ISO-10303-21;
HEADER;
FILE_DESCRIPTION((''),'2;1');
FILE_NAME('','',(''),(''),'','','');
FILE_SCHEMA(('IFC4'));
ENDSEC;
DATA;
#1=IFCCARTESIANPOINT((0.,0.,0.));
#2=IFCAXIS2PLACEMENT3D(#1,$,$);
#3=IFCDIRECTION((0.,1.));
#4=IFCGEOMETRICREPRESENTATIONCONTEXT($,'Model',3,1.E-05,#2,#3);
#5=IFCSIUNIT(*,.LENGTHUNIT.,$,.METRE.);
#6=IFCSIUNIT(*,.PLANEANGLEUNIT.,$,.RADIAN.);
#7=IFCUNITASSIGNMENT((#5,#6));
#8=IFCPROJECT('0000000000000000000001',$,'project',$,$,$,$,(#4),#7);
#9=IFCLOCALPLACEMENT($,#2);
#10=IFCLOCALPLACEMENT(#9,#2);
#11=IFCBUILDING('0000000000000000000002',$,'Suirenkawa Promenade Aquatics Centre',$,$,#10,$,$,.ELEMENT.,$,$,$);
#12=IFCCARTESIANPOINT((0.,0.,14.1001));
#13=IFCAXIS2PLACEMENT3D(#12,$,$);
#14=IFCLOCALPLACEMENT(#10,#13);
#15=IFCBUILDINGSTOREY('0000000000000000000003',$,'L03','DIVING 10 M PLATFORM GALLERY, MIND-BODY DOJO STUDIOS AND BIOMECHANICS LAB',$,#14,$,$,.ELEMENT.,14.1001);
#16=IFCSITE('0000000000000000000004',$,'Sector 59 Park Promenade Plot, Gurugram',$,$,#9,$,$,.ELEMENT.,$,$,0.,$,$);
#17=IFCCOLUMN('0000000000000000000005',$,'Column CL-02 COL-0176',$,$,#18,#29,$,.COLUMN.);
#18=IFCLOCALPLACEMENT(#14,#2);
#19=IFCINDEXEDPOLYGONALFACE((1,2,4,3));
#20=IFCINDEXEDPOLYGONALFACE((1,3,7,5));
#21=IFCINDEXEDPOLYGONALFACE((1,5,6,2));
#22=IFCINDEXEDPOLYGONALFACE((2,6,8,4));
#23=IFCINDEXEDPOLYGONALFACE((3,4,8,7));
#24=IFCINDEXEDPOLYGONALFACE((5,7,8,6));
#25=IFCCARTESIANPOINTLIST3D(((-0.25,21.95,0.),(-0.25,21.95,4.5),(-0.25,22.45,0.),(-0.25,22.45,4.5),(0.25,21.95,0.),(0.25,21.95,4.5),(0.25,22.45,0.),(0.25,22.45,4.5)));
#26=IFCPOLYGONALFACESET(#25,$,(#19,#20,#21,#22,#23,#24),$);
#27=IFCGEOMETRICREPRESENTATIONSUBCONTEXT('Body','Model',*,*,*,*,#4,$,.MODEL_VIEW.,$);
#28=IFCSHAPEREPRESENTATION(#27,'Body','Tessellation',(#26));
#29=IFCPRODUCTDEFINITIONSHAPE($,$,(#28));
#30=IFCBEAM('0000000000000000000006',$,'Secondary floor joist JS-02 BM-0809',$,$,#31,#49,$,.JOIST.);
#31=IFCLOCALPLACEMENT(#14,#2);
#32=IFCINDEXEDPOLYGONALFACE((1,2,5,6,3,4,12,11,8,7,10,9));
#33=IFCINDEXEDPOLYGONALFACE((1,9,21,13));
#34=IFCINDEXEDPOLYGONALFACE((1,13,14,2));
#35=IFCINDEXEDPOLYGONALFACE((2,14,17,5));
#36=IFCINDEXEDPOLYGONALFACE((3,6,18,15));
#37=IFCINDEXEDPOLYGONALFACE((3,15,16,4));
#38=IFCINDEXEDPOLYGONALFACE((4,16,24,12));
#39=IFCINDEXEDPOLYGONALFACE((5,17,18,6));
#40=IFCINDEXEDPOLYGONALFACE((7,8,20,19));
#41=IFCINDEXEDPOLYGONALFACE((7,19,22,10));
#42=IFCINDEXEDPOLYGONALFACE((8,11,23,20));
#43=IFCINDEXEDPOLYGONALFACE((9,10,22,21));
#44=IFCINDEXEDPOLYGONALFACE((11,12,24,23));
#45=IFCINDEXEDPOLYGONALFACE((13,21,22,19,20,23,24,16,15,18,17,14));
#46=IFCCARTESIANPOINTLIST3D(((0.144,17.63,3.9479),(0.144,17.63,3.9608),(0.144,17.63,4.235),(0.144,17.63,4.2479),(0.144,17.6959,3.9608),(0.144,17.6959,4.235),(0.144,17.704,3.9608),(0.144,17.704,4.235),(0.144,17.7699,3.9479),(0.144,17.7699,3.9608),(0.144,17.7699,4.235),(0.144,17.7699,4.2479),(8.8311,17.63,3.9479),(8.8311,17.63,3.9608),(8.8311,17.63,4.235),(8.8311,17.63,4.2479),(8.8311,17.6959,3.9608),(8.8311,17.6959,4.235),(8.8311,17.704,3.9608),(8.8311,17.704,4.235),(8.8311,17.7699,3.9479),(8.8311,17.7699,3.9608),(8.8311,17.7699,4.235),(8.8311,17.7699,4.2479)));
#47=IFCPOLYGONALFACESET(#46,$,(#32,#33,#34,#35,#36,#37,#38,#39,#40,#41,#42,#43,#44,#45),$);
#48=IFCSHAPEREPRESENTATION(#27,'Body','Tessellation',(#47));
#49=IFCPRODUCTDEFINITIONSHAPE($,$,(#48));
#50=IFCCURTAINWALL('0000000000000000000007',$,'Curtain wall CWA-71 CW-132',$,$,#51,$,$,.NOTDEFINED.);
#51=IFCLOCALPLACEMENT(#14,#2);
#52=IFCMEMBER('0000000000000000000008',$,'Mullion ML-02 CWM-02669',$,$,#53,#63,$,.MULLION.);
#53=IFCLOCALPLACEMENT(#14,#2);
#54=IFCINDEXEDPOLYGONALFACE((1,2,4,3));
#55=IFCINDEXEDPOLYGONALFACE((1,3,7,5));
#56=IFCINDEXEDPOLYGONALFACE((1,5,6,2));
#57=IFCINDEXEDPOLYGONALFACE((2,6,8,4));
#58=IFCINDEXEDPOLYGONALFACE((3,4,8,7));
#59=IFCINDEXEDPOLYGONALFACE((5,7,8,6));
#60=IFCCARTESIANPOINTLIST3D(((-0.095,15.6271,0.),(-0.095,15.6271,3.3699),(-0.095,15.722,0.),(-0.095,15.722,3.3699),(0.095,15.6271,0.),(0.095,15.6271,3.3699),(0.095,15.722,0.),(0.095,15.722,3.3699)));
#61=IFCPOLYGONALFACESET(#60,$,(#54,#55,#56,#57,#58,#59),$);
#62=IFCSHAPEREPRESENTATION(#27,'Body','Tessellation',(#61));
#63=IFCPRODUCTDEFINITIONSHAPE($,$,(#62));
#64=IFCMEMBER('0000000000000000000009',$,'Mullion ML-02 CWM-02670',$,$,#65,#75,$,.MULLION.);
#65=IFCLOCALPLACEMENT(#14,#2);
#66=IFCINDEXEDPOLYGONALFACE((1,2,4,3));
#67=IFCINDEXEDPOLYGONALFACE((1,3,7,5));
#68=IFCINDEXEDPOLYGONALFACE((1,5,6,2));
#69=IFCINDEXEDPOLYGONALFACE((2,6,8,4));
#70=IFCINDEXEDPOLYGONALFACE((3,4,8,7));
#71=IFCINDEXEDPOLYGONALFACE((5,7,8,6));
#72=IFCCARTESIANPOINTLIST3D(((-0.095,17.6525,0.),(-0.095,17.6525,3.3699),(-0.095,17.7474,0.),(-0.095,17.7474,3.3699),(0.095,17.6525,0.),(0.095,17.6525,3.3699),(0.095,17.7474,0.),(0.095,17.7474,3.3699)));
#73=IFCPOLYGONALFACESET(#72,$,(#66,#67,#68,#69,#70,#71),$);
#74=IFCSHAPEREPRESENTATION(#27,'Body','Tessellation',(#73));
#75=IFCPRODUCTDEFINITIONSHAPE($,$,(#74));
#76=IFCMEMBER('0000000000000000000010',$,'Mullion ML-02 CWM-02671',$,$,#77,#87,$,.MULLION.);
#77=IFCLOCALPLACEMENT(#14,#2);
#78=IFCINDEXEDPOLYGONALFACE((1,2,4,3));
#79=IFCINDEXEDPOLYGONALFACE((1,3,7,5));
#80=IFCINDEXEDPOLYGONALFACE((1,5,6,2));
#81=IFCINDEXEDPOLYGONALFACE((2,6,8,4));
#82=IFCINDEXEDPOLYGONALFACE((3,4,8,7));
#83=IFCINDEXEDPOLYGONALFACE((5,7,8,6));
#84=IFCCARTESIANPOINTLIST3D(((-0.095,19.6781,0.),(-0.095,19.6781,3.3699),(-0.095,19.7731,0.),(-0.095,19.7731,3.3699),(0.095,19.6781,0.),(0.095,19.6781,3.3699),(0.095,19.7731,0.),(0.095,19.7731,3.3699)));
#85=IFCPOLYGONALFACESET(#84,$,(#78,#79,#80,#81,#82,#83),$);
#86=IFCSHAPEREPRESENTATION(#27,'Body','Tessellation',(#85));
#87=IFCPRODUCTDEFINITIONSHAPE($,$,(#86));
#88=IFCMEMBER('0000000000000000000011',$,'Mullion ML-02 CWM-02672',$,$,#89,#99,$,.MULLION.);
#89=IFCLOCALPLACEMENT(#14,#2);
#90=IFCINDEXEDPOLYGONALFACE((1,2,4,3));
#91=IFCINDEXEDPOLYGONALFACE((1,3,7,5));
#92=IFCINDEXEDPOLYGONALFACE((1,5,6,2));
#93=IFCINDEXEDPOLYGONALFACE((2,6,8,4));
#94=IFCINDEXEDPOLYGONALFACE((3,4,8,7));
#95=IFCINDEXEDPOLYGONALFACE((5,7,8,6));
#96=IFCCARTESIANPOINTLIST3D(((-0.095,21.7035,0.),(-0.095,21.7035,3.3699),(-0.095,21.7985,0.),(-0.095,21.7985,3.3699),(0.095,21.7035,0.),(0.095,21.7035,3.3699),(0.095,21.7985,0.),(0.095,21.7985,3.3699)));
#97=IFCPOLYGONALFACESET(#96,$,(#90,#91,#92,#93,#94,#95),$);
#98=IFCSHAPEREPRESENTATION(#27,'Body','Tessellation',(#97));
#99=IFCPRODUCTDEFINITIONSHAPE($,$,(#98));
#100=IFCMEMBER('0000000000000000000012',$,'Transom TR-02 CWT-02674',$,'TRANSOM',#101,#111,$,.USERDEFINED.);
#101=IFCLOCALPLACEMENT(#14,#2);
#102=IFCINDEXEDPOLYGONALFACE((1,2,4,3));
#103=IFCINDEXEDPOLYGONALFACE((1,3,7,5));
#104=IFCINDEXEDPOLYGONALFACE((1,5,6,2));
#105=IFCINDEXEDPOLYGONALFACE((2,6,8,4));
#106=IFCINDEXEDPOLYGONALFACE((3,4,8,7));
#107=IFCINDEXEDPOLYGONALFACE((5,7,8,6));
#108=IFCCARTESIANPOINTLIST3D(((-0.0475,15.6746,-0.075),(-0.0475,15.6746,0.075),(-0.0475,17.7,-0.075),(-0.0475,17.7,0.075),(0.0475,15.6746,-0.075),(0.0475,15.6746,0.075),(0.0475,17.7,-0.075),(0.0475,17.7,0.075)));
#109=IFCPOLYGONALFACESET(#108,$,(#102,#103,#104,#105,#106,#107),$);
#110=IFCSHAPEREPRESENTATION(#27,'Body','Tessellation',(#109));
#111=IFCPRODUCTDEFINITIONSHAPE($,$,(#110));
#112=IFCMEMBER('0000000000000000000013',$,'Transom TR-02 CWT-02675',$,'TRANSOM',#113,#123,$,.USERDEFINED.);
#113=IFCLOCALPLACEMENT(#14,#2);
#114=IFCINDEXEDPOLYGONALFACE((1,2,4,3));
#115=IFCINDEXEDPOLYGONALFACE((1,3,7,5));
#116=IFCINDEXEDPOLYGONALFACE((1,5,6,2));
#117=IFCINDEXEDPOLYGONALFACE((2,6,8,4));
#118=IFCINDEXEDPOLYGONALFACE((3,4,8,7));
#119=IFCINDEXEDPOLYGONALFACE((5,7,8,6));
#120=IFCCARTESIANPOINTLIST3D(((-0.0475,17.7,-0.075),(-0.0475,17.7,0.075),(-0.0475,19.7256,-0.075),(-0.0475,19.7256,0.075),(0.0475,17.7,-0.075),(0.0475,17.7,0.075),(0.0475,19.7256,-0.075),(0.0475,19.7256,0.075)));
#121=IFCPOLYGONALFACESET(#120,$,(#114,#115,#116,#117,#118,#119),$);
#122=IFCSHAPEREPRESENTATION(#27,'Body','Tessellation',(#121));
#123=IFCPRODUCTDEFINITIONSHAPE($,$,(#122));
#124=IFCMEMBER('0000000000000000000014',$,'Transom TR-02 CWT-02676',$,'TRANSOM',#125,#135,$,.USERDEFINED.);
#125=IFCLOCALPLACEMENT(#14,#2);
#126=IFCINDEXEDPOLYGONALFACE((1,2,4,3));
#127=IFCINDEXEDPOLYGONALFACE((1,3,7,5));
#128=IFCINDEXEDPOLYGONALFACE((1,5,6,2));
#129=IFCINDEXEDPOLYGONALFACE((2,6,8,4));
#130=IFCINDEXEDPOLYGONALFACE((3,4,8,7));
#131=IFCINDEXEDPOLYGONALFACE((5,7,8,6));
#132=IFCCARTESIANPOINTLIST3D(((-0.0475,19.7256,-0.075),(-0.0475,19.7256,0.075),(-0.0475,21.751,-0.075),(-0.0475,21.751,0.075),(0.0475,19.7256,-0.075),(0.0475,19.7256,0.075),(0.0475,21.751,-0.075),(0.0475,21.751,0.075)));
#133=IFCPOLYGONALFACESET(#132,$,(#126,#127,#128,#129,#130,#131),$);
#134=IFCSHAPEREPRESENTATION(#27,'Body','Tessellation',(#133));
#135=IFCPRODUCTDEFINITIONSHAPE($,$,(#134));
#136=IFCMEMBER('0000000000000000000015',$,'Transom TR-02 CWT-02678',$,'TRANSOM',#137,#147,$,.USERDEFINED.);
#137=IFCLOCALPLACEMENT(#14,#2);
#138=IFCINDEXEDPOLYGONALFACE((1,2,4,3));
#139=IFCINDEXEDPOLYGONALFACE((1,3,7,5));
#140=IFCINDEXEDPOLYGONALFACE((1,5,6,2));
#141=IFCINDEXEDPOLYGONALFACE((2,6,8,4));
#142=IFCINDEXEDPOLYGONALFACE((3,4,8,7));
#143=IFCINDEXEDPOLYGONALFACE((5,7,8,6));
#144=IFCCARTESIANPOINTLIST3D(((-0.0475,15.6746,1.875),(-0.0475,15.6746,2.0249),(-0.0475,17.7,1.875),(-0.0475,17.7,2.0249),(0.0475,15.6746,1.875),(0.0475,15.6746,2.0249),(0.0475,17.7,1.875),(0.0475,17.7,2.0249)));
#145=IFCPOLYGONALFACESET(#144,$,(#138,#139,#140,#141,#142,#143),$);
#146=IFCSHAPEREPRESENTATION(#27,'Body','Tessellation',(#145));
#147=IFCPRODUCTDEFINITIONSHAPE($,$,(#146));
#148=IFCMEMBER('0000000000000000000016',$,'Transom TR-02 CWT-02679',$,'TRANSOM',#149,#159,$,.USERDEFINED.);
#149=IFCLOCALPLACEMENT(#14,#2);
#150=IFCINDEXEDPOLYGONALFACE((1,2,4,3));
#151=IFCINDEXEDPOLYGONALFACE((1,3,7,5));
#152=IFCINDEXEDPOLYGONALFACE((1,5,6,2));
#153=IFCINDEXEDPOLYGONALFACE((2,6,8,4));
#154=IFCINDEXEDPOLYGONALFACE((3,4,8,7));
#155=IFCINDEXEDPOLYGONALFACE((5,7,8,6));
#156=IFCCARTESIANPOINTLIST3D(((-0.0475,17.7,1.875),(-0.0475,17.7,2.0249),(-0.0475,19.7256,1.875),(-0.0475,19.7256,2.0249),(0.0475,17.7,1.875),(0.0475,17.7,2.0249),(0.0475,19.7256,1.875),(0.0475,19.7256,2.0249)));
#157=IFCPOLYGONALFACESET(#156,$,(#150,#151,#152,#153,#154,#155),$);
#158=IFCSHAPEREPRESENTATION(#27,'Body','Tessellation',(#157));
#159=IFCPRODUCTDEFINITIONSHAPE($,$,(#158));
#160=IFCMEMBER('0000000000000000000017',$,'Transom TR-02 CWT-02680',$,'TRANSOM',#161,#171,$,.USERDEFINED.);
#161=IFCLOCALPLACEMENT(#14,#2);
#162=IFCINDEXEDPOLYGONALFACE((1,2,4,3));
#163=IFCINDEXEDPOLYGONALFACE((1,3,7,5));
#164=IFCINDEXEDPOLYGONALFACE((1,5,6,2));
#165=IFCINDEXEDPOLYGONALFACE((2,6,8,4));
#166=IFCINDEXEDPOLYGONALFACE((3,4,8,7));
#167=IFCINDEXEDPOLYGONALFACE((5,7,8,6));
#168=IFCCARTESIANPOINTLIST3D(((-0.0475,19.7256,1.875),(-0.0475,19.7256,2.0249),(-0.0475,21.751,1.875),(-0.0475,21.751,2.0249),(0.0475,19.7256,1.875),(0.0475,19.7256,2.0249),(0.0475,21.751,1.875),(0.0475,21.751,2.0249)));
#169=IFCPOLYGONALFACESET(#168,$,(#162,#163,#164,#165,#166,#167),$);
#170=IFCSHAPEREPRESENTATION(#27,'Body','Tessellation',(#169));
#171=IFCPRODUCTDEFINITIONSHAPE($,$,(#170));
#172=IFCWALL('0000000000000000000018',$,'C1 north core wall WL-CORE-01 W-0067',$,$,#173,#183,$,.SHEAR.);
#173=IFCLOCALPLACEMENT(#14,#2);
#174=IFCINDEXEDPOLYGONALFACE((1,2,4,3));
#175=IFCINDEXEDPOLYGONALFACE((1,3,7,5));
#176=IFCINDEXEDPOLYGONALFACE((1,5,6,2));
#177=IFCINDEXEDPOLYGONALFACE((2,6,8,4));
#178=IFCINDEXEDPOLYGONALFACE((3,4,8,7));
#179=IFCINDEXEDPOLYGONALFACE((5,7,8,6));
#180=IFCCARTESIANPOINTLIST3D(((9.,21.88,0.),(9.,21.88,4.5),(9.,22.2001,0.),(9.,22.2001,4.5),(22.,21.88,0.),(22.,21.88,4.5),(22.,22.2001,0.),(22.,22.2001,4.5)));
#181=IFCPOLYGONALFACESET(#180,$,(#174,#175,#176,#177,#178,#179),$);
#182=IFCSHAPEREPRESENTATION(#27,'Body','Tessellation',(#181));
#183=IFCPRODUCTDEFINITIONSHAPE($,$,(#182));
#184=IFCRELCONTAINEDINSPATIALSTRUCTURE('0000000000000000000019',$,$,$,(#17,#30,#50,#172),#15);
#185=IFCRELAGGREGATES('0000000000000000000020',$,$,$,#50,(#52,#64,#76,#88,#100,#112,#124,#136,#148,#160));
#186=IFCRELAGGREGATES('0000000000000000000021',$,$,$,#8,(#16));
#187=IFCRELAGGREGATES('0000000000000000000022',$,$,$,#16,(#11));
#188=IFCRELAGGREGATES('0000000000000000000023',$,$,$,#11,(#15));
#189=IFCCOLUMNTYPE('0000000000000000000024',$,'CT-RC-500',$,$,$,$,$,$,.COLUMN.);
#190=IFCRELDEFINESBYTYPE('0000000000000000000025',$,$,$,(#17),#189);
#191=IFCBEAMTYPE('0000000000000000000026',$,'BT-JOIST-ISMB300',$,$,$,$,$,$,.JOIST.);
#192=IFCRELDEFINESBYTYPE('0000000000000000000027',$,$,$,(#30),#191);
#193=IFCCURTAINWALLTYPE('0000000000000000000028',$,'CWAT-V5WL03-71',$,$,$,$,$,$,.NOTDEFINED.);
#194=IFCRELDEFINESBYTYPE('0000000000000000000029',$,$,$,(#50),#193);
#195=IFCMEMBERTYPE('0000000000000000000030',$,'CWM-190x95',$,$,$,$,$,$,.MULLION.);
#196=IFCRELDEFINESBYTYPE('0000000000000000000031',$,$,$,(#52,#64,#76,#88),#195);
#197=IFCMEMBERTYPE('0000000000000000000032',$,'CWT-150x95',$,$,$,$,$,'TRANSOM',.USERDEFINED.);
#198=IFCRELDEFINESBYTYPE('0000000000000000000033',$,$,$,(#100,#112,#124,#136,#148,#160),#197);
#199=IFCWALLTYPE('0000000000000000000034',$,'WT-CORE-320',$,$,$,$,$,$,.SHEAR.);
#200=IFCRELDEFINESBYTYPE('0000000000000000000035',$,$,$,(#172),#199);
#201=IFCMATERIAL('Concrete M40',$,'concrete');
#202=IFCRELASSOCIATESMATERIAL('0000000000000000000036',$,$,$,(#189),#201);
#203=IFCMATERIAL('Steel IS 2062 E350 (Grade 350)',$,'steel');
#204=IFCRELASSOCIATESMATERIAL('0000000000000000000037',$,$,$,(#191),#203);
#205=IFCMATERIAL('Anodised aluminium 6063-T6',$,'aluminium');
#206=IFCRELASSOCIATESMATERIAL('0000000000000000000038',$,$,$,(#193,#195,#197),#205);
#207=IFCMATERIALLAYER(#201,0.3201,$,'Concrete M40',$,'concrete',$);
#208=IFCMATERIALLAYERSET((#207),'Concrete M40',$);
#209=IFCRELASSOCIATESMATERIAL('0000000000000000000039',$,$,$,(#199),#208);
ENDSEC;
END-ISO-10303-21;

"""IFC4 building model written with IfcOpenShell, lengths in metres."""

from ifc_helpers import new_model, si_unit, direction, frame, frame_2d, origin, origin_2d, place, context, subcontext, project, spatial, rectangle, i_section, extrude, material, layer, layer_set, material_profile, profile_set, type_object, element, aggregate, save


model = new_model("IFC4")

# Units and contexts
model_context = context("Model", 3, precision=1e-05, world=origin(), true_north=direction((0.0, 1.0)))
body_context = subcontext(model_context, "Body", "Model", "MODEL_VIEW")
ifc_project = project(units=[si_unit("LENGTHUNIT", "METRE"), si_unit("PLANEANGLEUNIT", "RADIAN")], contexts=[model_context])

# Site, building, storey
site_placement = place(None, origin())
site = spatial("IfcSite", under=ifc_project, at=site_placement, Name="Sector 59 Park Promenade Plot, Gurugram", CompositionType="ELEMENT", RefElevation=0.0)
building_placement = place(site_placement, origin())
building = spatial("IfcBuilding", under=site, at=building_placement, Name="Suirenkawa Promenade Aquatics Centre", CompositionType="ELEMENT")
storey_placement = place(building_placement, frame((0.0, 0.0, 14.1001)))
storey = spatial("IfcBuildingStorey", under=building, at=storey_placement, Name="L03", Description="DIVING 10 M PLATFORM GALLERY, MIND-BODY DOJO STUDIOS AND BIOMECHANICS LAB", CompositionType="ELEMENT", Elevation=14.1001)

# Column
ifc_material_1 = material(Name="Concrete M40", Category="concrete")
ifc_material_profile_1 = material_profile(ifc_material_1, rectangle(XDim=0.5, YDim=0.5, at=origin_2d()), Name="RC COL 500x500", Category="concrete")
ifc_profile_set_1 = profile_set([ifc_material_profile_1], Name="Concrete M40")
column_type = type_object("IfcColumnType", Name="CT-RC-500", PredefinedType="COLUMN", material=ifc_profile_set_1)
column_placement = place(storey_placement, frame((0.0, 22.2, 0.0), z_axis=(0.0, 0.0, 1.0), x_axis=(1.0, 0.0, 0.0)))
element("IfcColumn", 1, at=column_placement, inside=storey, type_object=column_type, Name="Column CL-02 COL-0176", PredefinedType="COLUMN", context=body_context, shape_type="SweptSolid", body=[
    extrude(rectangle(XDim=0.5, YDim=0.5, at=origin_2d()), origin(), (0.0, 0.0, 1.0), 4.5),
])

# Beam
ifc_material_2 = material(Name="Steel IS 2062 E350 (Grade 350)", Category="steel")
ifc_material_profile_2 = material_profile(ifc_material_2, i_section(OverallWidth=0.1399, OverallDepth=0.3, WebThickness=0.0081, FlangeThickness=0.0129, at=origin_2d()), Name="ISMB 300", Category="steel")
ifc_profile_set_2 = profile_set([ifc_material_profile_2], Name="Steel IS 2062 E350 (Grade 350)")
beam_type = type_object("IfcBeamType", Name="BT-JOIST-ISMB300", PredefinedType="JOIST", material=ifc_profile_set_2)
beam_placement = place(storey_placement, frame((0.144, 17.7, 4.0979), z_axis=(1.0, 0.0, 0.0), x_axis=(0.0, 1.0, 0.0)))
element("IfcBeam", 2, at=beam_placement, inside=storey, type_object=beam_type, Name="Secondary floor joist JS-02 BM-0809", PredefinedType="JOIST", context=body_context, shape_type="SweptSolid", body=[
    extrude(i_section(OverallWidth=0.1399, OverallDepth=0.3, WebThickness=0.0081, FlangeThickness=0.0129, at=origin_2d()), origin(), (0.0, 0.0, 1.0), 8.687),
])

# Curtain wall, members
ifc_material_3 = material(Name="Anodised aluminium 6063-T6", Category="aluminium")
curtain_wall_type = type_object("IfcCurtainWallType", Name="CWAT-V5WL03-71", PredefinedType="NOTDEFINED", material=ifc_material_3)
curtain_wall_placement = place(storey_placement, origin())
curtain_wall = element("IfcCurtainWall", 3, at=curtain_wall_placement, inside=storey, type_object=curtain_wall_type, Name="Curtain wall CWA-71 CW-132", PredefinedType="NOTDEFINED")
ifc_material_profile_3 = material_profile(ifc_material_3, rectangle(XDim=0.095, YDim=0.1899, at=origin_2d()), Name="ALU MULL 95x190", Category="aluminium")
ifc_profile_set_3 = profile_set([ifc_material_profile_3], Name="Anodised aluminium 6063-T6")
member_type_1 = type_object("IfcMemberType", Name="CWM-190x95", PredefinedType="MULLION", material=ifc_profile_set_3)
member_1_placement = place(storey_placement, frame((0.0, 15.6746, 0.0), z_axis=(0.0, 0.0, 1.0), x_axis=(0.0, 1.0, 0.0)))
member_1 = element("IfcMember", 4, at=member_1_placement, type_object=member_type_1, Name="Mullion ML-02 CWM-02669", PredefinedType="MULLION", context=body_context, shape_type="SweptSolid", body=[
    extrude(rectangle(XDim=0.095, YDim=0.1899, at=origin_2d()), origin(), (0.0, 0.0, 1.0), 3.3699),
])
member_2_placement = place(storey_placement, frame((0.0, 17.7, 0.0), z_axis=(0.0, 0.0, 1.0), x_axis=(0.0, 1.0, 0.0)))
member_2 = element("IfcMember", 5, at=member_2_placement, type_object=member_type_1, Name="Mullion ML-02 CWM-02670", PredefinedType="MULLION", context=body_context, shape_type="SweptSolid", body=[
    extrude(rectangle(XDim=0.095, YDim=0.1899, at=origin_2d()), origin(), (0.0, 0.0, 1.0), 3.3699),
])
member_3_placement = place(storey_placement, frame((0.0, 19.7256, 0.0), z_axis=(0.0, 0.0, 1.0), x_axis=(0.0, 1.0, 0.0)))
member_3 = element("IfcMember", 6, at=member_3_placement, type_object=member_type_1, Name="Mullion ML-02 CWM-02671", PredefinedType="MULLION", context=body_context, shape_type="SweptSolid", body=[
    extrude(rectangle(XDim=0.095, YDim=0.1899, at=origin_2d()), origin(), (0.0, 0.0, 1.0), 3.3699),
])
member_4_placement = place(storey_placement, frame((0.0, 21.751, 0.0), z_axis=(0.0, 0.0, 1.0), x_axis=(0.0, 1.0, 0.0)))
member_4 = element("IfcMember", 7, at=member_4_placement, type_object=member_type_1, Name="Mullion ML-02 CWM-02672", PredefinedType="MULLION", context=body_context, shape_type="SweptSolid", body=[
    extrude(rectangle(XDim=0.095, YDim=0.1899, at=origin_2d()), origin(), (0.0, 0.0, 1.0), 3.3699),
])
ifc_material_profile_4 = material_profile(ifc_material_3, rectangle(XDim=0.095, YDim=0.1499, at=origin_2d()), Name="ALU TRAN 95x150", Category="aluminium")
ifc_profile_set_4 = profile_set([ifc_material_profile_4], Name="Anodised aluminium 6063-T6")
member_type_2 = type_object("IfcMemberType", Name="CWT-150x95", ElementType="TRANSOM", PredefinedType="USERDEFINED", material=ifc_profile_set_4)
member_5_placement = place(storey_placement, frame((0.0, 15.6746, 0.0), z_axis=(0.0, 1.0, 0.0), x_axis=(-1.0, 0.0, 0.0)))
member_5 = element("IfcMember", 8, at=member_5_placement, type_object=member_type_2, Name="Transom TR-02 CWT-02674", ObjectType="TRANSOM", PredefinedType="USERDEFINED", context=body_context, shape_type="SweptSolid", body=[
    extrude(rectangle(XDim=0.095, YDim=0.1499, at=origin_2d()), origin(), (0.0, 0.0, 1.0), 2.0254),
])
member_6_placement = place(storey_placement, frame((0.0, 17.7, 0.0), z_axis=(0.0, 1.0, 0.0), x_axis=(-1.0, 0.0, 0.0)))
member_6 = element("IfcMember", 9, at=member_6_placement, type_object=member_type_2, Name="Transom TR-02 CWT-02675", ObjectType="TRANSOM", PredefinedType="USERDEFINED", context=body_context, shape_type="SweptSolid", body=[
    extrude(rectangle(XDim=0.095, YDim=0.1499, at=origin_2d()), origin(), (0.0, 0.0, 1.0), 2.0256),
])
member_7_placement = place(storey_placement, frame((0.0, 19.7256, 0.0), z_axis=(0.0, 1.0, 0.0), x_axis=(-1.0, 0.0, 0.0)))
member_7 = element("IfcMember", 10, at=member_7_placement, type_object=member_type_2, Name="Transom TR-02 CWT-02676", ObjectType="TRANSOM", PredefinedType="USERDEFINED", context=body_context, shape_type="SweptSolid", body=[
    extrude(rectangle(XDim=0.095, YDim=0.1499, at=origin_2d()), origin(), (0.0, 0.0, 1.0), 2.0254),
])
member_8_placement = place(storey_placement, frame((0.0, 15.6746, 1.95), z_axis=(0.0, 1.0, 0.0), x_axis=(-1.0, 0.0, 0.0)))
member_8 = element("IfcMember", 11, at=member_8_placement, type_object=member_type_2, Name="Transom TR-02 CWT-02678", ObjectType="TRANSOM", PredefinedType="USERDEFINED", context=body_context, shape_type="SweptSolid", body=[
    extrude(rectangle(XDim=0.095, YDim=0.1499, at=origin_2d()), origin(), (0.0, 0.0, 1.0), 2.0254),
])
member_9_placement = place(storey_placement, frame((0.0, 17.7, 1.95), z_axis=(0.0, 1.0, 0.0), x_axis=(-1.0, 0.0, 0.0)))
member_9 = element("IfcMember", 12, at=member_9_placement, type_object=member_type_2, Name="Transom TR-02 CWT-02679", ObjectType="TRANSOM", PredefinedType="USERDEFINED", context=body_context, shape_type="SweptSolid", body=[
    extrude(rectangle(XDim=0.095, YDim=0.1499, at=origin_2d()), origin(), (0.0, 0.0, 1.0), 2.0256),
])
member_10_placement = place(storey_placement, frame((0.0, 19.7256, 1.95), z_axis=(0.0, 1.0, 0.0), x_axis=(-1.0, 0.0, 0.0)))
member_10 = element("IfcMember", 13, at=member_10_placement, type_object=member_type_2, Name="Transom TR-02 CWT-02680", ObjectType="TRANSOM", PredefinedType="USERDEFINED", context=body_context, shape_type="SweptSolid", body=[
    extrude(rectangle(XDim=0.095, YDim=0.1499, at=origin_2d()), origin(), (0.0, 0.0, 1.0), 2.0254),
])
aggregate(curtain_wall, [member_1, member_2, member_3, member_4, member_5, member_6, member_7, member_8, member_9, member_10])

# Wall
ifc_layer_1 = layer(ifc_material_1, 0.3201, Name="Concrete M40", Category="concrete")
ifc_layer_set_1 = layer_set([ifc_layer_1], Name="Concrete M40")
wall_type_1 = type_object("IfcWallType", Name="WT-CORE-320", PredefinedType="SHEAR", material=ifc_layer_set_1)
wall_1_placement = place(storey_placement, frame((9.0, 22.04, 0.0), z_axis=(0.0, 0.0, 1.0), x_axis=(1.0, 0.0, 0.0)))
element("IfcWall", 14, at=wall_1_placement, inside=storey, type_object=wall_type_1, Name="C1 north core wall WL-CORE-01 W-0067", PredefinedType="SHEAR", context=body_context, shape_type="SweptSolid", body=[
    extrude(rectangle(XDim=13.0, YDim=0.3201, at=frame_2d((6.5, 0.0))), origin(), (0.0, 0.0, 1.0), 4.5),
])

save(model, "model.ifc")
